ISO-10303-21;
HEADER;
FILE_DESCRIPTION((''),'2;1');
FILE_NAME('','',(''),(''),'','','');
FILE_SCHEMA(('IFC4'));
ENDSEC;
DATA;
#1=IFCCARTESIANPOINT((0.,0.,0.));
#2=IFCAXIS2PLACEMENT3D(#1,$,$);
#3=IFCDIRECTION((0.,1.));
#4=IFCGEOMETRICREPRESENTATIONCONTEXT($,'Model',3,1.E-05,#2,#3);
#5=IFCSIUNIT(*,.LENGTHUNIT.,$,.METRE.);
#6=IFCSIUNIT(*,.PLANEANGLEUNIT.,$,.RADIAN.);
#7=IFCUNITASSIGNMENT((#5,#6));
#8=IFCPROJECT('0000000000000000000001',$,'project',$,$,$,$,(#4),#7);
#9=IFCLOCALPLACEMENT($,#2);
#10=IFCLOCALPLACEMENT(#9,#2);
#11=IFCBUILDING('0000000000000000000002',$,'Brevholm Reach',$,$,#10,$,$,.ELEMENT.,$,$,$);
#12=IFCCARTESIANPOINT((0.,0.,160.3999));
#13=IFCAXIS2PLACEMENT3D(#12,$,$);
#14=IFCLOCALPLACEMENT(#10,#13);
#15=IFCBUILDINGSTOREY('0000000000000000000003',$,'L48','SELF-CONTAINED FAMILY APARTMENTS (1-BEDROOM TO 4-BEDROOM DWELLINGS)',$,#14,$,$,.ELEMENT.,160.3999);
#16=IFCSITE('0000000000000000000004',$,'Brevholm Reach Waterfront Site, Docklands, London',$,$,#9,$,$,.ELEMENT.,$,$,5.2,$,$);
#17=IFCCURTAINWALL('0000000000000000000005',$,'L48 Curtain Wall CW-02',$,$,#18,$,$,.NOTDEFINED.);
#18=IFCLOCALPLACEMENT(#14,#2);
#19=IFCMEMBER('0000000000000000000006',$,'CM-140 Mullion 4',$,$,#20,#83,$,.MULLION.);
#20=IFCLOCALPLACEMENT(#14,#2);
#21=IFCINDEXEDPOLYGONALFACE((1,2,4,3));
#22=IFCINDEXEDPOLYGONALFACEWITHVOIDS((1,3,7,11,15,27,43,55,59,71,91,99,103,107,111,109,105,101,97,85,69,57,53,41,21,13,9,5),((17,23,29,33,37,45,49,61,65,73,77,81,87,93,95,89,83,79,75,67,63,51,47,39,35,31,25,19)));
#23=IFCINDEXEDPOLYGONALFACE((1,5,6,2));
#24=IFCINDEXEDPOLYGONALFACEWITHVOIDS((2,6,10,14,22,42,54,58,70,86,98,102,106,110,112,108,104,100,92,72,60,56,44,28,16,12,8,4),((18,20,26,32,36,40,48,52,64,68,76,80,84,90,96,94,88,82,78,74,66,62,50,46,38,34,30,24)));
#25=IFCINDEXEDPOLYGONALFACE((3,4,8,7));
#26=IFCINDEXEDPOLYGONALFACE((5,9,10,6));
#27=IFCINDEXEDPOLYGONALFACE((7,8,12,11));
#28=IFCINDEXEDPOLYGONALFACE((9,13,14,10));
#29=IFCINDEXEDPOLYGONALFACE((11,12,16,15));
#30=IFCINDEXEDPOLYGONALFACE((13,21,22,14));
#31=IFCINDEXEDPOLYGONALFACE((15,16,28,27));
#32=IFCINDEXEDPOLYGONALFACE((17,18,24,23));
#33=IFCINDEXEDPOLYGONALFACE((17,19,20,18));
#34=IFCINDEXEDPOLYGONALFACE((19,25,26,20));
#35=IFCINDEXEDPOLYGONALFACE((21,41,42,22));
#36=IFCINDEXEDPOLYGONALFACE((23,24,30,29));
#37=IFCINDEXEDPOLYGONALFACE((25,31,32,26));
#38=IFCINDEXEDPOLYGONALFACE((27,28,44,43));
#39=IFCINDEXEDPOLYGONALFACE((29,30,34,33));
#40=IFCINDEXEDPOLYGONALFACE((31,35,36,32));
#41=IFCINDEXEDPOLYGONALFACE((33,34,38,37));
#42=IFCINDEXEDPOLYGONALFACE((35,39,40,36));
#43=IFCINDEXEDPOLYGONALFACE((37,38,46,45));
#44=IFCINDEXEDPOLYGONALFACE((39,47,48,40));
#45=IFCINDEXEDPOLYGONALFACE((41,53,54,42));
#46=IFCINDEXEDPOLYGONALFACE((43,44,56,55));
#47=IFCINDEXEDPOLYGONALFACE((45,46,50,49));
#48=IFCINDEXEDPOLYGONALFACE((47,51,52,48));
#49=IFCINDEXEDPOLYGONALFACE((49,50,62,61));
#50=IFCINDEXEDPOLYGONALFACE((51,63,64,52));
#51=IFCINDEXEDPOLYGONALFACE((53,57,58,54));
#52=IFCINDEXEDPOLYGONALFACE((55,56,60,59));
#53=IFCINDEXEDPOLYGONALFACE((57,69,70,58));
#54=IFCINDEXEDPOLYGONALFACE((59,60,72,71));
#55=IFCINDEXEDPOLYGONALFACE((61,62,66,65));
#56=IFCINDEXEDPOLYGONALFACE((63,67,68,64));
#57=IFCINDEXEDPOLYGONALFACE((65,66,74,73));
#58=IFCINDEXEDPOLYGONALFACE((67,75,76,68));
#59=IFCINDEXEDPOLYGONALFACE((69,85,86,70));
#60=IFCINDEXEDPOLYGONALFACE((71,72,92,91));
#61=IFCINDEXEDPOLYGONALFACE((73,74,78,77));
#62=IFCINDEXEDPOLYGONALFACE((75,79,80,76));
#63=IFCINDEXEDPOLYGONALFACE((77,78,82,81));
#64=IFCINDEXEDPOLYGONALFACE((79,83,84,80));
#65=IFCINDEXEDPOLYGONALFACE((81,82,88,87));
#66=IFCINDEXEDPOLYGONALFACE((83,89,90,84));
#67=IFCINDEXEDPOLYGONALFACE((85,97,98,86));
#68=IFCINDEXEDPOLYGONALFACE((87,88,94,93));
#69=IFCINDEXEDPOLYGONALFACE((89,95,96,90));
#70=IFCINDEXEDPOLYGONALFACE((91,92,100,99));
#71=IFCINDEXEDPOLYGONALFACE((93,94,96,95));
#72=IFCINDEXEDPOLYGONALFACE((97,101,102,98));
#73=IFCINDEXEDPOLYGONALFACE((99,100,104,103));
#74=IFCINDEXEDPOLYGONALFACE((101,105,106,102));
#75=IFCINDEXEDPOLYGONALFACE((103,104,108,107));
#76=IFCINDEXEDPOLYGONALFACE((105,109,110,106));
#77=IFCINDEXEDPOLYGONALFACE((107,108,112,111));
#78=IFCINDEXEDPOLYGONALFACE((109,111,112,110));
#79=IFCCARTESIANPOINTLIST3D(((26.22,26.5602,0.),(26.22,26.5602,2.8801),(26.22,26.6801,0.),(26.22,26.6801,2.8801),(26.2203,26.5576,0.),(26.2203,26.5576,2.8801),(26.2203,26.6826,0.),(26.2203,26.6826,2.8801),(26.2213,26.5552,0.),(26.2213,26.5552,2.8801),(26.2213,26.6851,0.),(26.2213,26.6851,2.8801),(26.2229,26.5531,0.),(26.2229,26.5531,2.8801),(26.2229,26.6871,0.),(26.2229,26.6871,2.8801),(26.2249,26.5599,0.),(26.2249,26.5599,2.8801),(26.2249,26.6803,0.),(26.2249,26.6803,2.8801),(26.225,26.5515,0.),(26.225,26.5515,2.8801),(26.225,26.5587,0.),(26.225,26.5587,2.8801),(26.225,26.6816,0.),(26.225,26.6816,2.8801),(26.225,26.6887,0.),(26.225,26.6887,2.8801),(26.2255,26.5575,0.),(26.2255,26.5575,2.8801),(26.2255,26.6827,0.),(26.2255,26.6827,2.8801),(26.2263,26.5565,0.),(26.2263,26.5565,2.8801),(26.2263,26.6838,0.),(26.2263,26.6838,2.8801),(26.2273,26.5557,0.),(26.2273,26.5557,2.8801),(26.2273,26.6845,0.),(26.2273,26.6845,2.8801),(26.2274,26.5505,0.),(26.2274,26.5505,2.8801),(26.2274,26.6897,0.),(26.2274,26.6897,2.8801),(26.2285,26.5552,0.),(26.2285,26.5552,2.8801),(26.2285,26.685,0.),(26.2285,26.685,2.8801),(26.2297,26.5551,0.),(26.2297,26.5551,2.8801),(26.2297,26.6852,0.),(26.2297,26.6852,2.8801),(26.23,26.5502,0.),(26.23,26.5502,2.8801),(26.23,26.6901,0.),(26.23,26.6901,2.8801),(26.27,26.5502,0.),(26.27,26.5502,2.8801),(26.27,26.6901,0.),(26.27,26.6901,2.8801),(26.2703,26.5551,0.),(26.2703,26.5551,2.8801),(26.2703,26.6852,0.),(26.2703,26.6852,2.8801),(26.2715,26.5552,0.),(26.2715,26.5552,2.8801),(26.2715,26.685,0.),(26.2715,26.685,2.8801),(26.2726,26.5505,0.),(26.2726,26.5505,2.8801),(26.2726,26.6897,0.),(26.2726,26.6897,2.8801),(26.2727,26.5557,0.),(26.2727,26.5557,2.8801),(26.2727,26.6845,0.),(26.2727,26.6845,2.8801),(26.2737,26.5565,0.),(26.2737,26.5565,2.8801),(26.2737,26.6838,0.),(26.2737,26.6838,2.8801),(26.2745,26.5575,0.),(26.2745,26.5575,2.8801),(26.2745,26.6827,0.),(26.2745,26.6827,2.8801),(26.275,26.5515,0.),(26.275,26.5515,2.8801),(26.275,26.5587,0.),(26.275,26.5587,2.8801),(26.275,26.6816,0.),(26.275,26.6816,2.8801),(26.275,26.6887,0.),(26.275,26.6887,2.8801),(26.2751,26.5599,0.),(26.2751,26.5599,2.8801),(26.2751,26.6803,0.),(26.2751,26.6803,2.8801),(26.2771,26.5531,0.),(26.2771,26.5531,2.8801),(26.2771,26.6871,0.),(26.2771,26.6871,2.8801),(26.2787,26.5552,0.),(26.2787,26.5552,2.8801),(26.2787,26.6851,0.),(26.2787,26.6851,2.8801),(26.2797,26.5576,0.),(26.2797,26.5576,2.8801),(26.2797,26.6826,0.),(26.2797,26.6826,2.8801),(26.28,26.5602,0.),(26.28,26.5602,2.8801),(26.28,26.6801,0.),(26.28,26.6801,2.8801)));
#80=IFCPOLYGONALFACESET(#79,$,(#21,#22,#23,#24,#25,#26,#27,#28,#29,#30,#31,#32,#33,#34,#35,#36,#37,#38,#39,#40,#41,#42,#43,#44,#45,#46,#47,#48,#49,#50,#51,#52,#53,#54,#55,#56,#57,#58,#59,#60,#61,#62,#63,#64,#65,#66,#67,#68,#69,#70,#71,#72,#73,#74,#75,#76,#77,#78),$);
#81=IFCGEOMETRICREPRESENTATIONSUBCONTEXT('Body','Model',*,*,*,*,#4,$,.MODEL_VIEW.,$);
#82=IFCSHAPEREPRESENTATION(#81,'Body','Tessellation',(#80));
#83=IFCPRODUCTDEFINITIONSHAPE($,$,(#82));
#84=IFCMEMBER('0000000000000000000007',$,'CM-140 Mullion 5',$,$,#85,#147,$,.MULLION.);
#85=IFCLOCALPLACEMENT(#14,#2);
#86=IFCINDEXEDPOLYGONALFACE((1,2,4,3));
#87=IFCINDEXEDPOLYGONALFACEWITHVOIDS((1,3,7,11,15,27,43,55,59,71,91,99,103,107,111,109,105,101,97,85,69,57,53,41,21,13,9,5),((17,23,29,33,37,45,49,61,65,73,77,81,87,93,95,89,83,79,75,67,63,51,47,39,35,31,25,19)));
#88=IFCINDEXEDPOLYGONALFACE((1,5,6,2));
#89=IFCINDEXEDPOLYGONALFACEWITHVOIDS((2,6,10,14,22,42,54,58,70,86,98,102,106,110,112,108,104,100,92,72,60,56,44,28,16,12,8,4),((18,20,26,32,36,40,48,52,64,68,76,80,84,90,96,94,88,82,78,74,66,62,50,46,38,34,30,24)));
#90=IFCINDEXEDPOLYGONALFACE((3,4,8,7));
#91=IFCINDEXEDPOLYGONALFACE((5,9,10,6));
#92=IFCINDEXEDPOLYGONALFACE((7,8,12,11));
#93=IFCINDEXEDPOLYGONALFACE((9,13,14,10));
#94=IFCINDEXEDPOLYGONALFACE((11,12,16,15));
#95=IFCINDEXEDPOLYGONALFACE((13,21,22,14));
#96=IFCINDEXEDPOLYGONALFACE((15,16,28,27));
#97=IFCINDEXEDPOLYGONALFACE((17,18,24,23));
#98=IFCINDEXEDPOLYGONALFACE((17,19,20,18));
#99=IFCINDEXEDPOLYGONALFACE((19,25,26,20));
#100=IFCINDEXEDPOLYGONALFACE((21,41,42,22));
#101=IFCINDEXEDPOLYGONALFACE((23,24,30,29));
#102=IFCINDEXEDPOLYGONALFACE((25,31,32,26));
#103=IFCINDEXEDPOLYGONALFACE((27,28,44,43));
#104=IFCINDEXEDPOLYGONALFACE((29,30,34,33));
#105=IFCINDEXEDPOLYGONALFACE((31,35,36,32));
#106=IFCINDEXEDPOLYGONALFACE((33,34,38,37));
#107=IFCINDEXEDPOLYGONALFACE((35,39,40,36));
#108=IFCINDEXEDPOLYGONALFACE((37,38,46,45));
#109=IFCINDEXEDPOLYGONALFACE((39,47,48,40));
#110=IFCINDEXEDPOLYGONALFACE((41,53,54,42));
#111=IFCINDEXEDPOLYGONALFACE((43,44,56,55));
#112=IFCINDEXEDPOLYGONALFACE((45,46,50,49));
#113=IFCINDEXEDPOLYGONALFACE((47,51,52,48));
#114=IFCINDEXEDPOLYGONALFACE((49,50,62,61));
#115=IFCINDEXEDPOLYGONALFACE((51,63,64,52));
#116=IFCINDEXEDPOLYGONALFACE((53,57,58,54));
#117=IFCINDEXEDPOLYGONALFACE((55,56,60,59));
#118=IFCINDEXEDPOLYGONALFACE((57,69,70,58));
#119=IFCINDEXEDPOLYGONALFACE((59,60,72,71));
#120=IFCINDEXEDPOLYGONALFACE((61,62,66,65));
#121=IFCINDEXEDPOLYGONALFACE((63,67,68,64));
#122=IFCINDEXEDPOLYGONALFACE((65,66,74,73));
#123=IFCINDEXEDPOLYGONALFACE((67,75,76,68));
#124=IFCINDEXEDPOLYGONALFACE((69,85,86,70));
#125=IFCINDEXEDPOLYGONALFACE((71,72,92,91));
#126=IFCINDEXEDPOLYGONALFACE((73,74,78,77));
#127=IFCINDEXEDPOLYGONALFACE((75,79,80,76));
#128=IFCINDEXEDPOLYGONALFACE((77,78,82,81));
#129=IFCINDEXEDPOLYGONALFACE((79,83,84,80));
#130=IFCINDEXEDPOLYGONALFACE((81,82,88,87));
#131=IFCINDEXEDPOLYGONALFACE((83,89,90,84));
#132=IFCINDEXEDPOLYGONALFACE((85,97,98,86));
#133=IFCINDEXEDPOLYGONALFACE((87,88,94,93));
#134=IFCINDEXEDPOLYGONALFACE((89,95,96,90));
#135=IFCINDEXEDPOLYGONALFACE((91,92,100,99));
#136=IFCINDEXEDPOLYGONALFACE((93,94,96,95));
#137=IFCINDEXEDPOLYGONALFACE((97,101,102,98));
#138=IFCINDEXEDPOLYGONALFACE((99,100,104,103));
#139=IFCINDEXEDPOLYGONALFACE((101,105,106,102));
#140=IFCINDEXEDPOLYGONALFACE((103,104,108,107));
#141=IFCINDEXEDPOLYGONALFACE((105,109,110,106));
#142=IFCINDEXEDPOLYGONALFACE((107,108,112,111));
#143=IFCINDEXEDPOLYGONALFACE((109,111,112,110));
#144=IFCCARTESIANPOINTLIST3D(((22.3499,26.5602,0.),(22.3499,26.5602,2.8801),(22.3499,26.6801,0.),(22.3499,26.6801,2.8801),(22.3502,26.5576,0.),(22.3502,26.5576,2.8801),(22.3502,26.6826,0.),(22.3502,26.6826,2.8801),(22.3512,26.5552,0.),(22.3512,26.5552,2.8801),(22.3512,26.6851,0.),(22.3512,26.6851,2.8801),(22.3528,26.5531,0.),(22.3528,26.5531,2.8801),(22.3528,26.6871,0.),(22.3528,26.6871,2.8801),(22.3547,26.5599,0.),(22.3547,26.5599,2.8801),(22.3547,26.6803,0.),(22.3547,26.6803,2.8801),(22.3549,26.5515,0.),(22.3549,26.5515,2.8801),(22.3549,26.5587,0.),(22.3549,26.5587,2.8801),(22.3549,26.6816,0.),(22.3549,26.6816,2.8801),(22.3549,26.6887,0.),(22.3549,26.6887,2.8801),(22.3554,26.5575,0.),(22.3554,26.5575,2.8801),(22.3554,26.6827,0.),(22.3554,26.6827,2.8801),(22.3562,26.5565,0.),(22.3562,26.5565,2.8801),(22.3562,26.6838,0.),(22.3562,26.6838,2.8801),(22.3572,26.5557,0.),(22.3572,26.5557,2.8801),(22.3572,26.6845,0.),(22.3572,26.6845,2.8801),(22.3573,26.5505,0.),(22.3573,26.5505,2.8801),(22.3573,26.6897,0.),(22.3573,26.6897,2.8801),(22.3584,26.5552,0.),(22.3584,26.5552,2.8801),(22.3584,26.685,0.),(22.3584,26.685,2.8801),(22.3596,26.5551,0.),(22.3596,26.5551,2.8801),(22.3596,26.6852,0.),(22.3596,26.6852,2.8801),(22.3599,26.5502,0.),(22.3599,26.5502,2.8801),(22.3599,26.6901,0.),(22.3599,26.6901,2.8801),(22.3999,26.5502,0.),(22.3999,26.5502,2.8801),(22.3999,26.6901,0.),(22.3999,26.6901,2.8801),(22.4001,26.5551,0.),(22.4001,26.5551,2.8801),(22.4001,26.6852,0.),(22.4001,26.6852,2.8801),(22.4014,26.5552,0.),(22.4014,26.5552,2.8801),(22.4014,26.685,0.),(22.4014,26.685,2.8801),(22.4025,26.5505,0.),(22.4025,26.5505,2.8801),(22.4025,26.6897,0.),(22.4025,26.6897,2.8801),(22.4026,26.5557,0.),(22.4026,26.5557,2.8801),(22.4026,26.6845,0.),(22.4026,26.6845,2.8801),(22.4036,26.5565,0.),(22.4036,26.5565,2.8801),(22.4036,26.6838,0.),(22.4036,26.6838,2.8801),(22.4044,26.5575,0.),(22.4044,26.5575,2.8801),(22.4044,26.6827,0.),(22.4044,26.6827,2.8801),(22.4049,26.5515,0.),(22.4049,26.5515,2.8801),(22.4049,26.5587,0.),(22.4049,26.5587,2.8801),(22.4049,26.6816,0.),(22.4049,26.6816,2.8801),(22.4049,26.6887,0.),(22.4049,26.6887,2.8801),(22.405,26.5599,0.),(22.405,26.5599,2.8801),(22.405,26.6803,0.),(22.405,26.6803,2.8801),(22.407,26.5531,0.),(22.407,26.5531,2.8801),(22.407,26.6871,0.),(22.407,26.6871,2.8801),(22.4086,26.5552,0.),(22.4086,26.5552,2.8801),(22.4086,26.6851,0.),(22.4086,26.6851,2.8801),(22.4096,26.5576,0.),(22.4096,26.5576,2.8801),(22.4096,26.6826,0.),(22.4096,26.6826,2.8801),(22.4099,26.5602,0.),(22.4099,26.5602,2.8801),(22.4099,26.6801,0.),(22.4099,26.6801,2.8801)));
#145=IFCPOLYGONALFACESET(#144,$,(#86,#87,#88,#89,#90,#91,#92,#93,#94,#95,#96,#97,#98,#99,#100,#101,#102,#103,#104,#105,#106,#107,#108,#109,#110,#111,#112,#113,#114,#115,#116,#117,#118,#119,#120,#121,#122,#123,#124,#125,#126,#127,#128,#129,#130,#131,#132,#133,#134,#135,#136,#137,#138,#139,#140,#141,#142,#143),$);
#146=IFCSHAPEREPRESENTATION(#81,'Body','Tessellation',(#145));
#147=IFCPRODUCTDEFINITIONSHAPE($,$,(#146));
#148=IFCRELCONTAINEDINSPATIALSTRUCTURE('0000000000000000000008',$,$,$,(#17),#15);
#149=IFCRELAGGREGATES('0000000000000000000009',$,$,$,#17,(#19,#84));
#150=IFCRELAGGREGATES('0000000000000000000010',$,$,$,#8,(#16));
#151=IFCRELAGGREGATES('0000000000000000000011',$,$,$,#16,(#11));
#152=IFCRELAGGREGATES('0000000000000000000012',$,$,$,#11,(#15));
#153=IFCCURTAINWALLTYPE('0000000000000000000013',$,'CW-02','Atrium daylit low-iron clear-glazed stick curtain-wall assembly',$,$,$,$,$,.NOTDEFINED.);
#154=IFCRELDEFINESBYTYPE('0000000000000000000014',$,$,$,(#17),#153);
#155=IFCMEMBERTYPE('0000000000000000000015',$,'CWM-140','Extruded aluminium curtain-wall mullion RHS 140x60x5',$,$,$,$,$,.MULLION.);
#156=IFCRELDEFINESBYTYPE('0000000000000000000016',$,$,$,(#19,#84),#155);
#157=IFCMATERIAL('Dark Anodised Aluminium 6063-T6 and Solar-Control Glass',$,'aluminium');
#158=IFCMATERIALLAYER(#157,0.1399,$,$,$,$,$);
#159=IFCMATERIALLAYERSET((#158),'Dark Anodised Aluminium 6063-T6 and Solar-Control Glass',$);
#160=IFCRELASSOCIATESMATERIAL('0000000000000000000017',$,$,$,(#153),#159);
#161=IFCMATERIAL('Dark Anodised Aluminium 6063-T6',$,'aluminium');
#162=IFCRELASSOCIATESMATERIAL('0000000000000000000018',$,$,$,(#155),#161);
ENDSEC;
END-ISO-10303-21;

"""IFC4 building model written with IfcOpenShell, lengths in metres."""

from ifc_helpers import new_model, si_unit, direction, frame, origin, origin_2d, place, context, subcontext, project, spatial, hollow_rectangle, extrude, material, layer, layer_set, material_profile, profile_set, type_object, element, aggregate, save


model = new_model("IFC4")

# Units and contexts
model_context = context("Model", 3, precision=1e-05, world=origin(), true_north=direction((0.0, 1.0)))
body_context = subcontext(model_context, "Body", "Model", "MODEL_VIEW")
ifc_project = project(units=[si_unit("LENGTHUNIT", "METRE"), si_unit("PLANEANGLEUNIT", "RADIAN")], contexts=[model_context])

# Site, building, storey
site_placement = place(None, origin())
site = spatial("IfcSite", under=ifc_project, at=site_placement, Name="Brevholm Reach Waterfront Site, Docklands, London", CompositionType="ELEMENT", RefElevation=5.2)
building_placement = place(site_placement, origin())
building = spatial("IfcBuilding", under=site, at=building_placement, Name="Brevholm Reach", CompositionType="ELEMENT")
storey_placement = place(building_placement, frame((0.0, 0.0, 160.3999)))
storey = spatial("IfcBuildingStorey", under=building, at=storey_placement, Name="L48", Description="SELF-CONTAINED FAMILY APARTMENTS (1-BEDROOM TO 4-BEDROOM DWELLINGS)", CompositionType="ELEMENT", Elevation=160.3999)

# Curtain wall, members
ifc_material_1 = material(Name="Dark Anodised Aluminium 6063-T6 and Solar-Control Glass", Category="aluminium")
ifc_layer_1 = layer(ifc_material_1, 0.1399)
ifc_layer_set_1 = layer_set([ifc_layer_1], Name="Dark Anodised Aluminium 6063-T6 and Solar-Control Glass")
curtain_wall_type_1 = type_object("IfcCurtainWallType", Name="CW-02", Description="Atrium daylit low-iron clear-glazed stick curtain-wall assembly", PredefinedType="NOTDEFINED", material=ifc_layer_set_1)
curtain_wall_1_placement = place(storey_placement, origin())
curtain_wall_1 = element("IfcCurtainWall", 1, at=curtain_wall_1_placement, inside=storey, type_object=curtain_wall_type_1, Name="L48 Curtain Wall CW-02", PredefinedType="NOTDEFINED")
ifc_material_2 = material(Name="Dark Anodised Aluminium 6063-T6", Category="aluminium")
ifc_material_profile_1 = material_profile(ifc_material_2, hollow_rectangle(XDim=0.0601, YDim=0.1399, WallThickness=0.0049, InnerFilletRadius=0.0049, OuterFilletRadius=0.01, at=origin_2d()), Name="RHS 140x60x5")
ifc_profile_set_1 = profile_set([ifc_material_profile_1], Name="Dark Anodised Aluminium 6063-T6")
member_type_1 = type_object("IfcMemberType", Name="CWM-140", Description="Extruded aluminium curtain-wall mullion RHS 140x60x5", PredefinedType="MULLION", material=ifc_profile_set_1)
member_1_placement = place(storey_placement, frame((26.25, 26.6201, 0.0), z_axis=(0.0, 0.0, 1.0), x_axis=(-1.0, 0.0, 0.0)))
member_1 = element("IfcMember", 2, at=member_1_placement, type_object=member_type_1, Name="CM-140 Mullion 4", PredefinedType="MULLION", context=body_context, shape_type="SweptSolid", body=[
    extrude(hollow_rectangle(XDim=0.0601, YDim=0.1399, WallThickness=0.0049, InnerFilletRadius=0.0049, OuterFilletRadius=0.01, at=origin_2d()), origin(), (0.0, 0.0, 1.0), 2.8801),
])
member_2_placement = place(storey_placement, frame((22.3799, 26.6201, 0.0), z_axis=(0.0, 0.0, 1.0), x_axis=(-1.0, 0.0, 0.0)))
member_2 = element("IfcMember", 3, at=member_2_placement, type_object=member_type_1, Name="CM-140 Mullion 5", PredefinedType="MULLION", context=body_context, shape_type="SweptSolid", body=[
    extrude(hollow_rectangle(XDim=0.0601, YDim=0.1399, WallThickness=0.0049, InnerFilletRadius=0.0049, OuterFilletRadius=0.01, at=origin_2d()), origin(), (0.0, 0.0, 1.0), 2.8801),
])

aggregate(curtain_wall_1, [member_1, member_2])

save(model, "model.ifc")
